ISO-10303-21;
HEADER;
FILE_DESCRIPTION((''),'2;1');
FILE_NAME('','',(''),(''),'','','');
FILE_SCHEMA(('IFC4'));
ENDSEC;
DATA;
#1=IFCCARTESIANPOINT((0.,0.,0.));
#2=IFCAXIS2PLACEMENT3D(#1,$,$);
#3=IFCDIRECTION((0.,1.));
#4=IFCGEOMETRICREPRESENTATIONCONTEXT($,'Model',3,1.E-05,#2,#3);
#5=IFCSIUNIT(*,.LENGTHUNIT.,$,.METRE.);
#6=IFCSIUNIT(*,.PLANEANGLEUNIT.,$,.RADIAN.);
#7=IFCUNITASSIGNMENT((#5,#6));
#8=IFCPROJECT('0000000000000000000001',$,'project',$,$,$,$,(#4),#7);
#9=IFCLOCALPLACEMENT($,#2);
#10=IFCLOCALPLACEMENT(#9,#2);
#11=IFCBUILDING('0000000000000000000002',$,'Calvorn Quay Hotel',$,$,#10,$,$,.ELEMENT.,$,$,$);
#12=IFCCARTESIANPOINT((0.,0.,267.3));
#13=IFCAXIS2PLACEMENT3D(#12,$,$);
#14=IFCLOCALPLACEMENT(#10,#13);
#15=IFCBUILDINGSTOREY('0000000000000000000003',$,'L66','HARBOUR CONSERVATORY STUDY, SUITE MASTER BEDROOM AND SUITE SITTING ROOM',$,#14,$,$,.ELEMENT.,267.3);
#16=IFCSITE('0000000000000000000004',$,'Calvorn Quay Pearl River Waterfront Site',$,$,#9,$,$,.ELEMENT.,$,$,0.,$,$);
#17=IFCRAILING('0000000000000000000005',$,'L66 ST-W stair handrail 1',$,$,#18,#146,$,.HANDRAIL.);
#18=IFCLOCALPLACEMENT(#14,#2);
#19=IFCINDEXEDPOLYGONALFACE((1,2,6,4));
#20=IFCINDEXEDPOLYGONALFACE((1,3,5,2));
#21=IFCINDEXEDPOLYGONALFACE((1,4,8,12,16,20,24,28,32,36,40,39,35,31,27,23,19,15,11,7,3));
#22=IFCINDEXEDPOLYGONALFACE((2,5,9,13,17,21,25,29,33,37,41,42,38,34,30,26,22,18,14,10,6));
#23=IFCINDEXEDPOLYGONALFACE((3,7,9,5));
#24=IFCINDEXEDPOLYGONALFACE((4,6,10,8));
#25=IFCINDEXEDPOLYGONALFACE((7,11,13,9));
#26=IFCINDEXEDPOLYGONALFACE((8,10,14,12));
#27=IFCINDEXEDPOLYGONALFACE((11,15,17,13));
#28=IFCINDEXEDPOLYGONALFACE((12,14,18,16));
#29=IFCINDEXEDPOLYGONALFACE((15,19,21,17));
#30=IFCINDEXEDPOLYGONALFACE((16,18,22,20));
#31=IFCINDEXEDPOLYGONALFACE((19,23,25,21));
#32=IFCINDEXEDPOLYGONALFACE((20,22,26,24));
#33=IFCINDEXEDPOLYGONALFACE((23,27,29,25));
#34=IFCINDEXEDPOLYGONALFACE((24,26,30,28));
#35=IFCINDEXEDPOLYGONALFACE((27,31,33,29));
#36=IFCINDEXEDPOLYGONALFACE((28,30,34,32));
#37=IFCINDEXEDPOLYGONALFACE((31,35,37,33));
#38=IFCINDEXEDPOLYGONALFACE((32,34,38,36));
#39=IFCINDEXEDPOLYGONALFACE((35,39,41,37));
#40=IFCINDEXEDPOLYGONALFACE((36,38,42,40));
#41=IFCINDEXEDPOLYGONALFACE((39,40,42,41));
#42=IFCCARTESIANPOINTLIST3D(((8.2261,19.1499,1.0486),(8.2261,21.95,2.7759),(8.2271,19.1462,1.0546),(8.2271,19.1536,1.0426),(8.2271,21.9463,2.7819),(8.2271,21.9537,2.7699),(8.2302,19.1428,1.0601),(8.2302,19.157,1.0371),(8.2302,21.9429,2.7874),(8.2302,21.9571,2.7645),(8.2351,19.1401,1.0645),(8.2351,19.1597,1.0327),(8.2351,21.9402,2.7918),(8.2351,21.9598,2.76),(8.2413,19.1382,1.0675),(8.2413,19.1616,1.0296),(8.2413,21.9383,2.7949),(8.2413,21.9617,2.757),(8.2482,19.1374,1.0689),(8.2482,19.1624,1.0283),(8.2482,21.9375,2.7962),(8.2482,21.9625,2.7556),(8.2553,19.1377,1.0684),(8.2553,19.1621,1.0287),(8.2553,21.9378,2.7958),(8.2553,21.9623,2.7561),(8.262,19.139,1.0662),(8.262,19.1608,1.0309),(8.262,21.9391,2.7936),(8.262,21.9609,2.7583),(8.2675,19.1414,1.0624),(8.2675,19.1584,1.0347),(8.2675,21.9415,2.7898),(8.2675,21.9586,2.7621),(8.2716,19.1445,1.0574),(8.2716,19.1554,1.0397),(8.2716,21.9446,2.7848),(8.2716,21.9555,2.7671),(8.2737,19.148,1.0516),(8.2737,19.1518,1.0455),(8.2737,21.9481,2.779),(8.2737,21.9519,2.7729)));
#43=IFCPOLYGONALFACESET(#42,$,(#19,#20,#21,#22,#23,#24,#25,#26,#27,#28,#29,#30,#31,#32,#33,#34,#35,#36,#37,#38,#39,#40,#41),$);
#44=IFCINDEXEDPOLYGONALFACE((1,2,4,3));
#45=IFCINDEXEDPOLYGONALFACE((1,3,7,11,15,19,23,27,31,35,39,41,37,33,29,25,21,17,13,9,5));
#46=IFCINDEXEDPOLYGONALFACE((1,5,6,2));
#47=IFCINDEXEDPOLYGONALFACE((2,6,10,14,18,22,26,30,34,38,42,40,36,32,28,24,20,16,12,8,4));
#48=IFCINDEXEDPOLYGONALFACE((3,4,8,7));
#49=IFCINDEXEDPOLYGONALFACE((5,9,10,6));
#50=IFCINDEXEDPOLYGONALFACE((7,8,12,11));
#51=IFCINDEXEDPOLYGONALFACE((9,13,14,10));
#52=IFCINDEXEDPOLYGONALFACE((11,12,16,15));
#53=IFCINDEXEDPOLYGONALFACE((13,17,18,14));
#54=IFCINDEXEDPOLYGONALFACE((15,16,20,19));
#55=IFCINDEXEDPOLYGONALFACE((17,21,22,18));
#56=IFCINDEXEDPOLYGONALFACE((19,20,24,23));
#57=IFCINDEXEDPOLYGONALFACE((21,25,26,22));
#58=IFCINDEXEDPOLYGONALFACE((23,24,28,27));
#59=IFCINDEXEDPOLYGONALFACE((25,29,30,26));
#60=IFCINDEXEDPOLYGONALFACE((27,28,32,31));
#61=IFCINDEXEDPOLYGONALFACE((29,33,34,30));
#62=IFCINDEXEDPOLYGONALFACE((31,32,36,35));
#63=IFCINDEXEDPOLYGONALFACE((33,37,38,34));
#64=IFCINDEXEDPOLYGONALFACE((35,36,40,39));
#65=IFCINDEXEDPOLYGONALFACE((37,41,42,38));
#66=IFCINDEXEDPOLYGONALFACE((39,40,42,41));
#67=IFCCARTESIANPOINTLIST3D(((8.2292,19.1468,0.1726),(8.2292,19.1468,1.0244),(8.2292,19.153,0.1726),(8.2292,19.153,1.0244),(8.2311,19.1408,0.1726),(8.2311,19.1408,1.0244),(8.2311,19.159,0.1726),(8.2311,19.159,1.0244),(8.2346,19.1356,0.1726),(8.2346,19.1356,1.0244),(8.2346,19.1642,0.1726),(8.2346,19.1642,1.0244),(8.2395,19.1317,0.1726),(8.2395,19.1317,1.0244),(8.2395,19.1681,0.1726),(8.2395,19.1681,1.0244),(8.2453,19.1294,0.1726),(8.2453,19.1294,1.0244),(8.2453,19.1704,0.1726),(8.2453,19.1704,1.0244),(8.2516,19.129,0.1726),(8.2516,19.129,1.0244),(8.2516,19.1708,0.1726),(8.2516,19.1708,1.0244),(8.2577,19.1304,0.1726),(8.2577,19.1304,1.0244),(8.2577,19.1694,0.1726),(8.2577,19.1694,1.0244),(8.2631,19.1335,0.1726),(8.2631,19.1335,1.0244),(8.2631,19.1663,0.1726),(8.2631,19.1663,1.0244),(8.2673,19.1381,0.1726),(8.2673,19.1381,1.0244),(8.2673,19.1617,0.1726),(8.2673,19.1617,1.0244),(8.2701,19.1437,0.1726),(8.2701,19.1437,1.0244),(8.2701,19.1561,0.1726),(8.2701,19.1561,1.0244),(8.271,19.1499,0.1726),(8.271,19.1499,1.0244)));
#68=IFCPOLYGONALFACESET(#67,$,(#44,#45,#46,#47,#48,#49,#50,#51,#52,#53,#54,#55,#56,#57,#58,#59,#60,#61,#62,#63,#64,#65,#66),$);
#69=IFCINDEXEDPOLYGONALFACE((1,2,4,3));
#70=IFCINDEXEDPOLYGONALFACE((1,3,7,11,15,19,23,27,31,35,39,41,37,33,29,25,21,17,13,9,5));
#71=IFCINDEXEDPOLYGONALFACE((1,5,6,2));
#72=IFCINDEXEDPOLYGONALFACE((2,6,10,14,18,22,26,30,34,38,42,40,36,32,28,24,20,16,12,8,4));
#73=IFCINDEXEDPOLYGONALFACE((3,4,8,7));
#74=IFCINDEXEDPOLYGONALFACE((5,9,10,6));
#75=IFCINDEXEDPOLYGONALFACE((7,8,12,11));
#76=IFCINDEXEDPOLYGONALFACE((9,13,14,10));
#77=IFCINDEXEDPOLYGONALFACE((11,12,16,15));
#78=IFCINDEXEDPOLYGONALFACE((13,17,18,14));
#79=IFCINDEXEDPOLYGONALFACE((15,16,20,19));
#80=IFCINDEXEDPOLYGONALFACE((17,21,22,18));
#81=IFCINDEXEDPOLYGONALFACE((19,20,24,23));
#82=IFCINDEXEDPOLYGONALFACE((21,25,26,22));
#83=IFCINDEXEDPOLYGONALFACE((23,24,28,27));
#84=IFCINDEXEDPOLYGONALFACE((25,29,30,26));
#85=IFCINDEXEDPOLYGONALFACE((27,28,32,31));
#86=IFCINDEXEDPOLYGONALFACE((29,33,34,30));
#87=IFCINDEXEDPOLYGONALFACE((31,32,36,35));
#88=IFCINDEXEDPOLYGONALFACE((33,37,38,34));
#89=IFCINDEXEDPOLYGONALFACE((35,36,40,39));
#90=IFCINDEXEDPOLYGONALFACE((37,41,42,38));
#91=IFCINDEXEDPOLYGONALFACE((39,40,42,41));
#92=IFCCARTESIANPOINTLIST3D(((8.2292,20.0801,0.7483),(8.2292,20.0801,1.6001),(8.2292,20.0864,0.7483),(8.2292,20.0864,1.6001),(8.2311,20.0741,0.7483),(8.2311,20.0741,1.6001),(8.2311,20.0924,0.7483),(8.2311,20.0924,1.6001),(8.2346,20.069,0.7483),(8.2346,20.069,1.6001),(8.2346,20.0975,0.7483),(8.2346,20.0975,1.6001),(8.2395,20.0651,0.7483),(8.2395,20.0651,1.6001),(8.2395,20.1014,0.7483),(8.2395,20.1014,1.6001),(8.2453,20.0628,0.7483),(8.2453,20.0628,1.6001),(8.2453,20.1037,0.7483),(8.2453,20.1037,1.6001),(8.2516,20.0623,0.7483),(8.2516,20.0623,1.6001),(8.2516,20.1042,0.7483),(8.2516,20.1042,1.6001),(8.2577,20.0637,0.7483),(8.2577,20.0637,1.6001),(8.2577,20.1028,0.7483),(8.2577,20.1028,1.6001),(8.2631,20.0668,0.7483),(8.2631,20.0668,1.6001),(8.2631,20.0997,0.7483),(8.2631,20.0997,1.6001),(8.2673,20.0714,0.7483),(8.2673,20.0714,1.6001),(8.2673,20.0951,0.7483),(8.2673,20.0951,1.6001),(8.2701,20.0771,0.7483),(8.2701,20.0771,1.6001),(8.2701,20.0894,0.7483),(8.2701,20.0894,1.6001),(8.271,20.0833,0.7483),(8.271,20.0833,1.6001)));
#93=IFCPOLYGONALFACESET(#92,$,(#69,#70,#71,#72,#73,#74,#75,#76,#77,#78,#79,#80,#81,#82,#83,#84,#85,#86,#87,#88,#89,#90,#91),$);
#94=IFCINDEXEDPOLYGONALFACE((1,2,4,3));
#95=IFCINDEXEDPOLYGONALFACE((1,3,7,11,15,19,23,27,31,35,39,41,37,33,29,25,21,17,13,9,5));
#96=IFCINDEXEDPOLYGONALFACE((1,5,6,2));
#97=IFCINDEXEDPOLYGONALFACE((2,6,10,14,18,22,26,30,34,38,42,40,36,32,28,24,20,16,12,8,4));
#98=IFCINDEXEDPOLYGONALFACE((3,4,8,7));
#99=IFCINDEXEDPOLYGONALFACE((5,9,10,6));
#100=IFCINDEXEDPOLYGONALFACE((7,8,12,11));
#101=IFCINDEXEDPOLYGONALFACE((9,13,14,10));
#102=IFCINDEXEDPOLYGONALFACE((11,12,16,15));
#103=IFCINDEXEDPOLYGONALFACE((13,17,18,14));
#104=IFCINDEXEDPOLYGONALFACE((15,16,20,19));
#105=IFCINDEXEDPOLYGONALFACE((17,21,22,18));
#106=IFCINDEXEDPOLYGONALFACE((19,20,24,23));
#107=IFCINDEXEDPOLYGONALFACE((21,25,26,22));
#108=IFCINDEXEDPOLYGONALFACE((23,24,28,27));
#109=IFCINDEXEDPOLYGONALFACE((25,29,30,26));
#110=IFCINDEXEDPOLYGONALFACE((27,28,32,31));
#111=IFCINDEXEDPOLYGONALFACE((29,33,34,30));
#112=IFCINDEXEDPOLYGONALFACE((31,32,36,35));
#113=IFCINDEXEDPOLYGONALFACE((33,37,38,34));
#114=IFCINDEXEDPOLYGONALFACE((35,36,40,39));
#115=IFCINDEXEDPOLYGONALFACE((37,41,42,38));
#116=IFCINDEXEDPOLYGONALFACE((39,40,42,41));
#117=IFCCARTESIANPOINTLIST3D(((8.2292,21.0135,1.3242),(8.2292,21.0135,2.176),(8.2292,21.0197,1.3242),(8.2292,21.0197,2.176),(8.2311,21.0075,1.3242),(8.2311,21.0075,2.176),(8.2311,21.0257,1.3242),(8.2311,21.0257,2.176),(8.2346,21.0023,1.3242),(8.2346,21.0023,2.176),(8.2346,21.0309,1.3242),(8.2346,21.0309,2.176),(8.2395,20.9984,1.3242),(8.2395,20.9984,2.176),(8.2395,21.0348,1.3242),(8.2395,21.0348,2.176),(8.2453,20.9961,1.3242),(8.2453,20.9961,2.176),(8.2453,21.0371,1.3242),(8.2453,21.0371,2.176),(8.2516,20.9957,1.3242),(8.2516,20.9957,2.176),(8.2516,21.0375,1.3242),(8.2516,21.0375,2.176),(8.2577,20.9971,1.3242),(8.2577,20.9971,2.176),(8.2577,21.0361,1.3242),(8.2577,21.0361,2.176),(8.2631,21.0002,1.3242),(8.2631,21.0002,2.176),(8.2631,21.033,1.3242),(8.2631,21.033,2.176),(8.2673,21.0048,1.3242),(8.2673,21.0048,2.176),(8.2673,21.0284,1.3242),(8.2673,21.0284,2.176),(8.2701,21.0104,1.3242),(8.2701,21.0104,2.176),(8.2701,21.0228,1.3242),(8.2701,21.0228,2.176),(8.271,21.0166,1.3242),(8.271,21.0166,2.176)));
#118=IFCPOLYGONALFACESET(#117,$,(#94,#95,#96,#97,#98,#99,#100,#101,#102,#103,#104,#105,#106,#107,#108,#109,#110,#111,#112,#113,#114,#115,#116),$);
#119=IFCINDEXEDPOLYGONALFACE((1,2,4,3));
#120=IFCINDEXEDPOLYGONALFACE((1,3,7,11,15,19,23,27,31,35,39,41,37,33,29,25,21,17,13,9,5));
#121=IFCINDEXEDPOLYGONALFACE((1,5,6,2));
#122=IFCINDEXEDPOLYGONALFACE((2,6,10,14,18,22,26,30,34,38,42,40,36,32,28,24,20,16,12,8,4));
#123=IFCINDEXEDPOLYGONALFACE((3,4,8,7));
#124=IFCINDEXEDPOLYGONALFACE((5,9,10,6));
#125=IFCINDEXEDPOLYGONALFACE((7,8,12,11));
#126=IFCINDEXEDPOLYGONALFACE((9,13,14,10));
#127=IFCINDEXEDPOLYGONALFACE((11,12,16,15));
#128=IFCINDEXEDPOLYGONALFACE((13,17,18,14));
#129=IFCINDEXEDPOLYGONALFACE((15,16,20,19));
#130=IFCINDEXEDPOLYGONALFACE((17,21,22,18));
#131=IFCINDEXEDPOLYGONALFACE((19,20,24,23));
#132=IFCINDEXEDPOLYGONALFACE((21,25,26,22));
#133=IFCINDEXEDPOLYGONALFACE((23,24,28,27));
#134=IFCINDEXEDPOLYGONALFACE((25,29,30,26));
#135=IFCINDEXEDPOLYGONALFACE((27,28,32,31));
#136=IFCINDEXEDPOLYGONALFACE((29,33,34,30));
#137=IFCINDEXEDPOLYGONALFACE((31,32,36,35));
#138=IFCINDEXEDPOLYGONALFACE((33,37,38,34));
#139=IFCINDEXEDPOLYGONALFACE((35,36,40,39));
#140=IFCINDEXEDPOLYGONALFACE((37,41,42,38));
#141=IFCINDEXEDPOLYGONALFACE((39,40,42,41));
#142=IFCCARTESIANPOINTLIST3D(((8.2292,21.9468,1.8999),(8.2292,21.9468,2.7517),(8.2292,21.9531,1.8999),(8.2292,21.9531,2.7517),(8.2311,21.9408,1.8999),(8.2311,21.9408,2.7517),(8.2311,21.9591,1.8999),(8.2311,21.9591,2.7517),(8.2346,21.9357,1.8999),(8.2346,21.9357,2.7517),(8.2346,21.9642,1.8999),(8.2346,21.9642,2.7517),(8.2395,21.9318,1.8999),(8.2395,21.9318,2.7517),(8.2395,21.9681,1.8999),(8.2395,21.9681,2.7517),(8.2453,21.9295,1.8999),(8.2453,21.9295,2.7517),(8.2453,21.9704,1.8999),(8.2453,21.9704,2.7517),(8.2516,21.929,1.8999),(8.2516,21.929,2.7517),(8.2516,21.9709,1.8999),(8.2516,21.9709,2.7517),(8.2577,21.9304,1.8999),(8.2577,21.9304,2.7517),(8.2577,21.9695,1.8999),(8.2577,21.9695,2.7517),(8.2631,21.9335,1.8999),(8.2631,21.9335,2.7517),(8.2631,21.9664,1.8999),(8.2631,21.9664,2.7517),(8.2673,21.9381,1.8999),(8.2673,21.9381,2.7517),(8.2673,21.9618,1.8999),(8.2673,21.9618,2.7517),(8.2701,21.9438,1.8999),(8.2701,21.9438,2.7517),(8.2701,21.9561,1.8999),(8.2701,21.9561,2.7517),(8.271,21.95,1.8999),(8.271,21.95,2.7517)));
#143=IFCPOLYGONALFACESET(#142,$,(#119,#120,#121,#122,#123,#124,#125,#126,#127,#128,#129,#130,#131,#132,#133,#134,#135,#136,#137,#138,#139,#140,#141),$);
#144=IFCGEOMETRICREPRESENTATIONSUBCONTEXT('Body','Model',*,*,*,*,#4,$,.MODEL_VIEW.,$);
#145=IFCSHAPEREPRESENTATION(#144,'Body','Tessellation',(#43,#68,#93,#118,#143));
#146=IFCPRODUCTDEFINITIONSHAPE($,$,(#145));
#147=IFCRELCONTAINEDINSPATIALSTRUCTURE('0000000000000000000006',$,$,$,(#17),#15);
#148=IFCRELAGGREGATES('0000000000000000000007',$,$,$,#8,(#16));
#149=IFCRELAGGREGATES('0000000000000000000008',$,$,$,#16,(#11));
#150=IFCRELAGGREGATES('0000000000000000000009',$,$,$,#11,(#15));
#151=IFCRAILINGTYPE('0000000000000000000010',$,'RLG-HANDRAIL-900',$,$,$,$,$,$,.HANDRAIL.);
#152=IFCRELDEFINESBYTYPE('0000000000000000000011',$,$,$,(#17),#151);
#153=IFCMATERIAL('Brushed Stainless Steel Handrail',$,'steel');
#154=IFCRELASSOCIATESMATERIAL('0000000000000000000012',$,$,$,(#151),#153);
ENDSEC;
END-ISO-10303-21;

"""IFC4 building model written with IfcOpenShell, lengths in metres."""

from ifc_helpers import new_model, si_unit, direction, frame, origin, origin_2d, place, context, subcontext, project, spatial, circle, extrude, material, type_object, element, save


model = new_model("IFC4")

# Units and contexts
model_context = context("Model", 3, precision=1e-05, world=origin(), true_north=direction((0.0, 1.0)))
body_context = subcontext(model_context, "Body", "Model", "MODEL_VIEW")
ifc_project = project(units=[si_unit("LENGTHUNIT", "METRE"), si_unit("PLANEANGLEUNIT", "RADIAN")], contexts=[model_context])

# Site, building, storey
site_placement = place(None, origin())
site = spatial("IfcSite", under=ifc_project, at=site_placement, Name="Calvorn Quay Pearl River Waterfront Site", CompositionType="ELEMENT", RefElevation=0.0)
building_placement = place(site_placement, origin())
building = spatial("IfcBuilding", under=site, at=building_placement, Name="Calvorn Quay Hotel", CompositionType="ELEMENT")
storey_placement = place(building_placement, frame((0.0, 0.0, 267.3)))
storey = spatial("IfcBuildingStorey", under=building, at=storey_placement, Name="L66", Description="HARBOUR CONSERVATORY STUDY, SUITE MASTER BEDROOM AND SUITE SITTING ROOM", CompositionType="ELEMENT", Elevation=267.3)

# Railing
ifc_material_1 = material(Name="Brushed Stainless Steel Handrail", Category="steel")
railing_type_1 = type_object("IfcRailingType", Name="RLG-HANDRAIL-900", PredefinedType="HANDRAIL", material=ifc_material_1)
railing_1_placement = place(storey_placement, frame((8.25, 19.1499, 0.1726)))
element("IfcRailing", 1, at=railing_1_placement, inside=storey, type_object=railing_type_1, Name="L66 ST-W stair handrail 1", PredefinedType="HANDRAIL", context=body_context, shape_type="SweptSolid", body=[
    extrude(circle(Radius=0.0239, at=origin_2d()), frame((0.0, 0.0, 0.876), z_axis=(0.0, 0.85109, 0.52502), x_axis=(-1.0, 0.0, 0.0)), (0.0, 0.0, 1.0), 3.29),
    extrude(circle(Radius=0.021, at=origin_2d()), origin(), (0.0, 0.0, 1.0), 0.8518),
    extrude(circle(Radius=0.021, at=origin_2d()), frame((0.0, 0.9333, 0.5757)), (0.0, 0.0, 1.0), 0.8518),
    extrude(circle(Radius=0.021, at=origin_2d()), frame((0.0, 1.8667, 1.1516)), (0.0, 0.0, 1.0), 0.8518),
    extrude(circle(Radius=0.021, at=origin_2d()), frame((0.0, 2.8, 1.7273)), (0.0, 0.0, 1.0), 0.8518),
])

save(model, "model.ifc")
